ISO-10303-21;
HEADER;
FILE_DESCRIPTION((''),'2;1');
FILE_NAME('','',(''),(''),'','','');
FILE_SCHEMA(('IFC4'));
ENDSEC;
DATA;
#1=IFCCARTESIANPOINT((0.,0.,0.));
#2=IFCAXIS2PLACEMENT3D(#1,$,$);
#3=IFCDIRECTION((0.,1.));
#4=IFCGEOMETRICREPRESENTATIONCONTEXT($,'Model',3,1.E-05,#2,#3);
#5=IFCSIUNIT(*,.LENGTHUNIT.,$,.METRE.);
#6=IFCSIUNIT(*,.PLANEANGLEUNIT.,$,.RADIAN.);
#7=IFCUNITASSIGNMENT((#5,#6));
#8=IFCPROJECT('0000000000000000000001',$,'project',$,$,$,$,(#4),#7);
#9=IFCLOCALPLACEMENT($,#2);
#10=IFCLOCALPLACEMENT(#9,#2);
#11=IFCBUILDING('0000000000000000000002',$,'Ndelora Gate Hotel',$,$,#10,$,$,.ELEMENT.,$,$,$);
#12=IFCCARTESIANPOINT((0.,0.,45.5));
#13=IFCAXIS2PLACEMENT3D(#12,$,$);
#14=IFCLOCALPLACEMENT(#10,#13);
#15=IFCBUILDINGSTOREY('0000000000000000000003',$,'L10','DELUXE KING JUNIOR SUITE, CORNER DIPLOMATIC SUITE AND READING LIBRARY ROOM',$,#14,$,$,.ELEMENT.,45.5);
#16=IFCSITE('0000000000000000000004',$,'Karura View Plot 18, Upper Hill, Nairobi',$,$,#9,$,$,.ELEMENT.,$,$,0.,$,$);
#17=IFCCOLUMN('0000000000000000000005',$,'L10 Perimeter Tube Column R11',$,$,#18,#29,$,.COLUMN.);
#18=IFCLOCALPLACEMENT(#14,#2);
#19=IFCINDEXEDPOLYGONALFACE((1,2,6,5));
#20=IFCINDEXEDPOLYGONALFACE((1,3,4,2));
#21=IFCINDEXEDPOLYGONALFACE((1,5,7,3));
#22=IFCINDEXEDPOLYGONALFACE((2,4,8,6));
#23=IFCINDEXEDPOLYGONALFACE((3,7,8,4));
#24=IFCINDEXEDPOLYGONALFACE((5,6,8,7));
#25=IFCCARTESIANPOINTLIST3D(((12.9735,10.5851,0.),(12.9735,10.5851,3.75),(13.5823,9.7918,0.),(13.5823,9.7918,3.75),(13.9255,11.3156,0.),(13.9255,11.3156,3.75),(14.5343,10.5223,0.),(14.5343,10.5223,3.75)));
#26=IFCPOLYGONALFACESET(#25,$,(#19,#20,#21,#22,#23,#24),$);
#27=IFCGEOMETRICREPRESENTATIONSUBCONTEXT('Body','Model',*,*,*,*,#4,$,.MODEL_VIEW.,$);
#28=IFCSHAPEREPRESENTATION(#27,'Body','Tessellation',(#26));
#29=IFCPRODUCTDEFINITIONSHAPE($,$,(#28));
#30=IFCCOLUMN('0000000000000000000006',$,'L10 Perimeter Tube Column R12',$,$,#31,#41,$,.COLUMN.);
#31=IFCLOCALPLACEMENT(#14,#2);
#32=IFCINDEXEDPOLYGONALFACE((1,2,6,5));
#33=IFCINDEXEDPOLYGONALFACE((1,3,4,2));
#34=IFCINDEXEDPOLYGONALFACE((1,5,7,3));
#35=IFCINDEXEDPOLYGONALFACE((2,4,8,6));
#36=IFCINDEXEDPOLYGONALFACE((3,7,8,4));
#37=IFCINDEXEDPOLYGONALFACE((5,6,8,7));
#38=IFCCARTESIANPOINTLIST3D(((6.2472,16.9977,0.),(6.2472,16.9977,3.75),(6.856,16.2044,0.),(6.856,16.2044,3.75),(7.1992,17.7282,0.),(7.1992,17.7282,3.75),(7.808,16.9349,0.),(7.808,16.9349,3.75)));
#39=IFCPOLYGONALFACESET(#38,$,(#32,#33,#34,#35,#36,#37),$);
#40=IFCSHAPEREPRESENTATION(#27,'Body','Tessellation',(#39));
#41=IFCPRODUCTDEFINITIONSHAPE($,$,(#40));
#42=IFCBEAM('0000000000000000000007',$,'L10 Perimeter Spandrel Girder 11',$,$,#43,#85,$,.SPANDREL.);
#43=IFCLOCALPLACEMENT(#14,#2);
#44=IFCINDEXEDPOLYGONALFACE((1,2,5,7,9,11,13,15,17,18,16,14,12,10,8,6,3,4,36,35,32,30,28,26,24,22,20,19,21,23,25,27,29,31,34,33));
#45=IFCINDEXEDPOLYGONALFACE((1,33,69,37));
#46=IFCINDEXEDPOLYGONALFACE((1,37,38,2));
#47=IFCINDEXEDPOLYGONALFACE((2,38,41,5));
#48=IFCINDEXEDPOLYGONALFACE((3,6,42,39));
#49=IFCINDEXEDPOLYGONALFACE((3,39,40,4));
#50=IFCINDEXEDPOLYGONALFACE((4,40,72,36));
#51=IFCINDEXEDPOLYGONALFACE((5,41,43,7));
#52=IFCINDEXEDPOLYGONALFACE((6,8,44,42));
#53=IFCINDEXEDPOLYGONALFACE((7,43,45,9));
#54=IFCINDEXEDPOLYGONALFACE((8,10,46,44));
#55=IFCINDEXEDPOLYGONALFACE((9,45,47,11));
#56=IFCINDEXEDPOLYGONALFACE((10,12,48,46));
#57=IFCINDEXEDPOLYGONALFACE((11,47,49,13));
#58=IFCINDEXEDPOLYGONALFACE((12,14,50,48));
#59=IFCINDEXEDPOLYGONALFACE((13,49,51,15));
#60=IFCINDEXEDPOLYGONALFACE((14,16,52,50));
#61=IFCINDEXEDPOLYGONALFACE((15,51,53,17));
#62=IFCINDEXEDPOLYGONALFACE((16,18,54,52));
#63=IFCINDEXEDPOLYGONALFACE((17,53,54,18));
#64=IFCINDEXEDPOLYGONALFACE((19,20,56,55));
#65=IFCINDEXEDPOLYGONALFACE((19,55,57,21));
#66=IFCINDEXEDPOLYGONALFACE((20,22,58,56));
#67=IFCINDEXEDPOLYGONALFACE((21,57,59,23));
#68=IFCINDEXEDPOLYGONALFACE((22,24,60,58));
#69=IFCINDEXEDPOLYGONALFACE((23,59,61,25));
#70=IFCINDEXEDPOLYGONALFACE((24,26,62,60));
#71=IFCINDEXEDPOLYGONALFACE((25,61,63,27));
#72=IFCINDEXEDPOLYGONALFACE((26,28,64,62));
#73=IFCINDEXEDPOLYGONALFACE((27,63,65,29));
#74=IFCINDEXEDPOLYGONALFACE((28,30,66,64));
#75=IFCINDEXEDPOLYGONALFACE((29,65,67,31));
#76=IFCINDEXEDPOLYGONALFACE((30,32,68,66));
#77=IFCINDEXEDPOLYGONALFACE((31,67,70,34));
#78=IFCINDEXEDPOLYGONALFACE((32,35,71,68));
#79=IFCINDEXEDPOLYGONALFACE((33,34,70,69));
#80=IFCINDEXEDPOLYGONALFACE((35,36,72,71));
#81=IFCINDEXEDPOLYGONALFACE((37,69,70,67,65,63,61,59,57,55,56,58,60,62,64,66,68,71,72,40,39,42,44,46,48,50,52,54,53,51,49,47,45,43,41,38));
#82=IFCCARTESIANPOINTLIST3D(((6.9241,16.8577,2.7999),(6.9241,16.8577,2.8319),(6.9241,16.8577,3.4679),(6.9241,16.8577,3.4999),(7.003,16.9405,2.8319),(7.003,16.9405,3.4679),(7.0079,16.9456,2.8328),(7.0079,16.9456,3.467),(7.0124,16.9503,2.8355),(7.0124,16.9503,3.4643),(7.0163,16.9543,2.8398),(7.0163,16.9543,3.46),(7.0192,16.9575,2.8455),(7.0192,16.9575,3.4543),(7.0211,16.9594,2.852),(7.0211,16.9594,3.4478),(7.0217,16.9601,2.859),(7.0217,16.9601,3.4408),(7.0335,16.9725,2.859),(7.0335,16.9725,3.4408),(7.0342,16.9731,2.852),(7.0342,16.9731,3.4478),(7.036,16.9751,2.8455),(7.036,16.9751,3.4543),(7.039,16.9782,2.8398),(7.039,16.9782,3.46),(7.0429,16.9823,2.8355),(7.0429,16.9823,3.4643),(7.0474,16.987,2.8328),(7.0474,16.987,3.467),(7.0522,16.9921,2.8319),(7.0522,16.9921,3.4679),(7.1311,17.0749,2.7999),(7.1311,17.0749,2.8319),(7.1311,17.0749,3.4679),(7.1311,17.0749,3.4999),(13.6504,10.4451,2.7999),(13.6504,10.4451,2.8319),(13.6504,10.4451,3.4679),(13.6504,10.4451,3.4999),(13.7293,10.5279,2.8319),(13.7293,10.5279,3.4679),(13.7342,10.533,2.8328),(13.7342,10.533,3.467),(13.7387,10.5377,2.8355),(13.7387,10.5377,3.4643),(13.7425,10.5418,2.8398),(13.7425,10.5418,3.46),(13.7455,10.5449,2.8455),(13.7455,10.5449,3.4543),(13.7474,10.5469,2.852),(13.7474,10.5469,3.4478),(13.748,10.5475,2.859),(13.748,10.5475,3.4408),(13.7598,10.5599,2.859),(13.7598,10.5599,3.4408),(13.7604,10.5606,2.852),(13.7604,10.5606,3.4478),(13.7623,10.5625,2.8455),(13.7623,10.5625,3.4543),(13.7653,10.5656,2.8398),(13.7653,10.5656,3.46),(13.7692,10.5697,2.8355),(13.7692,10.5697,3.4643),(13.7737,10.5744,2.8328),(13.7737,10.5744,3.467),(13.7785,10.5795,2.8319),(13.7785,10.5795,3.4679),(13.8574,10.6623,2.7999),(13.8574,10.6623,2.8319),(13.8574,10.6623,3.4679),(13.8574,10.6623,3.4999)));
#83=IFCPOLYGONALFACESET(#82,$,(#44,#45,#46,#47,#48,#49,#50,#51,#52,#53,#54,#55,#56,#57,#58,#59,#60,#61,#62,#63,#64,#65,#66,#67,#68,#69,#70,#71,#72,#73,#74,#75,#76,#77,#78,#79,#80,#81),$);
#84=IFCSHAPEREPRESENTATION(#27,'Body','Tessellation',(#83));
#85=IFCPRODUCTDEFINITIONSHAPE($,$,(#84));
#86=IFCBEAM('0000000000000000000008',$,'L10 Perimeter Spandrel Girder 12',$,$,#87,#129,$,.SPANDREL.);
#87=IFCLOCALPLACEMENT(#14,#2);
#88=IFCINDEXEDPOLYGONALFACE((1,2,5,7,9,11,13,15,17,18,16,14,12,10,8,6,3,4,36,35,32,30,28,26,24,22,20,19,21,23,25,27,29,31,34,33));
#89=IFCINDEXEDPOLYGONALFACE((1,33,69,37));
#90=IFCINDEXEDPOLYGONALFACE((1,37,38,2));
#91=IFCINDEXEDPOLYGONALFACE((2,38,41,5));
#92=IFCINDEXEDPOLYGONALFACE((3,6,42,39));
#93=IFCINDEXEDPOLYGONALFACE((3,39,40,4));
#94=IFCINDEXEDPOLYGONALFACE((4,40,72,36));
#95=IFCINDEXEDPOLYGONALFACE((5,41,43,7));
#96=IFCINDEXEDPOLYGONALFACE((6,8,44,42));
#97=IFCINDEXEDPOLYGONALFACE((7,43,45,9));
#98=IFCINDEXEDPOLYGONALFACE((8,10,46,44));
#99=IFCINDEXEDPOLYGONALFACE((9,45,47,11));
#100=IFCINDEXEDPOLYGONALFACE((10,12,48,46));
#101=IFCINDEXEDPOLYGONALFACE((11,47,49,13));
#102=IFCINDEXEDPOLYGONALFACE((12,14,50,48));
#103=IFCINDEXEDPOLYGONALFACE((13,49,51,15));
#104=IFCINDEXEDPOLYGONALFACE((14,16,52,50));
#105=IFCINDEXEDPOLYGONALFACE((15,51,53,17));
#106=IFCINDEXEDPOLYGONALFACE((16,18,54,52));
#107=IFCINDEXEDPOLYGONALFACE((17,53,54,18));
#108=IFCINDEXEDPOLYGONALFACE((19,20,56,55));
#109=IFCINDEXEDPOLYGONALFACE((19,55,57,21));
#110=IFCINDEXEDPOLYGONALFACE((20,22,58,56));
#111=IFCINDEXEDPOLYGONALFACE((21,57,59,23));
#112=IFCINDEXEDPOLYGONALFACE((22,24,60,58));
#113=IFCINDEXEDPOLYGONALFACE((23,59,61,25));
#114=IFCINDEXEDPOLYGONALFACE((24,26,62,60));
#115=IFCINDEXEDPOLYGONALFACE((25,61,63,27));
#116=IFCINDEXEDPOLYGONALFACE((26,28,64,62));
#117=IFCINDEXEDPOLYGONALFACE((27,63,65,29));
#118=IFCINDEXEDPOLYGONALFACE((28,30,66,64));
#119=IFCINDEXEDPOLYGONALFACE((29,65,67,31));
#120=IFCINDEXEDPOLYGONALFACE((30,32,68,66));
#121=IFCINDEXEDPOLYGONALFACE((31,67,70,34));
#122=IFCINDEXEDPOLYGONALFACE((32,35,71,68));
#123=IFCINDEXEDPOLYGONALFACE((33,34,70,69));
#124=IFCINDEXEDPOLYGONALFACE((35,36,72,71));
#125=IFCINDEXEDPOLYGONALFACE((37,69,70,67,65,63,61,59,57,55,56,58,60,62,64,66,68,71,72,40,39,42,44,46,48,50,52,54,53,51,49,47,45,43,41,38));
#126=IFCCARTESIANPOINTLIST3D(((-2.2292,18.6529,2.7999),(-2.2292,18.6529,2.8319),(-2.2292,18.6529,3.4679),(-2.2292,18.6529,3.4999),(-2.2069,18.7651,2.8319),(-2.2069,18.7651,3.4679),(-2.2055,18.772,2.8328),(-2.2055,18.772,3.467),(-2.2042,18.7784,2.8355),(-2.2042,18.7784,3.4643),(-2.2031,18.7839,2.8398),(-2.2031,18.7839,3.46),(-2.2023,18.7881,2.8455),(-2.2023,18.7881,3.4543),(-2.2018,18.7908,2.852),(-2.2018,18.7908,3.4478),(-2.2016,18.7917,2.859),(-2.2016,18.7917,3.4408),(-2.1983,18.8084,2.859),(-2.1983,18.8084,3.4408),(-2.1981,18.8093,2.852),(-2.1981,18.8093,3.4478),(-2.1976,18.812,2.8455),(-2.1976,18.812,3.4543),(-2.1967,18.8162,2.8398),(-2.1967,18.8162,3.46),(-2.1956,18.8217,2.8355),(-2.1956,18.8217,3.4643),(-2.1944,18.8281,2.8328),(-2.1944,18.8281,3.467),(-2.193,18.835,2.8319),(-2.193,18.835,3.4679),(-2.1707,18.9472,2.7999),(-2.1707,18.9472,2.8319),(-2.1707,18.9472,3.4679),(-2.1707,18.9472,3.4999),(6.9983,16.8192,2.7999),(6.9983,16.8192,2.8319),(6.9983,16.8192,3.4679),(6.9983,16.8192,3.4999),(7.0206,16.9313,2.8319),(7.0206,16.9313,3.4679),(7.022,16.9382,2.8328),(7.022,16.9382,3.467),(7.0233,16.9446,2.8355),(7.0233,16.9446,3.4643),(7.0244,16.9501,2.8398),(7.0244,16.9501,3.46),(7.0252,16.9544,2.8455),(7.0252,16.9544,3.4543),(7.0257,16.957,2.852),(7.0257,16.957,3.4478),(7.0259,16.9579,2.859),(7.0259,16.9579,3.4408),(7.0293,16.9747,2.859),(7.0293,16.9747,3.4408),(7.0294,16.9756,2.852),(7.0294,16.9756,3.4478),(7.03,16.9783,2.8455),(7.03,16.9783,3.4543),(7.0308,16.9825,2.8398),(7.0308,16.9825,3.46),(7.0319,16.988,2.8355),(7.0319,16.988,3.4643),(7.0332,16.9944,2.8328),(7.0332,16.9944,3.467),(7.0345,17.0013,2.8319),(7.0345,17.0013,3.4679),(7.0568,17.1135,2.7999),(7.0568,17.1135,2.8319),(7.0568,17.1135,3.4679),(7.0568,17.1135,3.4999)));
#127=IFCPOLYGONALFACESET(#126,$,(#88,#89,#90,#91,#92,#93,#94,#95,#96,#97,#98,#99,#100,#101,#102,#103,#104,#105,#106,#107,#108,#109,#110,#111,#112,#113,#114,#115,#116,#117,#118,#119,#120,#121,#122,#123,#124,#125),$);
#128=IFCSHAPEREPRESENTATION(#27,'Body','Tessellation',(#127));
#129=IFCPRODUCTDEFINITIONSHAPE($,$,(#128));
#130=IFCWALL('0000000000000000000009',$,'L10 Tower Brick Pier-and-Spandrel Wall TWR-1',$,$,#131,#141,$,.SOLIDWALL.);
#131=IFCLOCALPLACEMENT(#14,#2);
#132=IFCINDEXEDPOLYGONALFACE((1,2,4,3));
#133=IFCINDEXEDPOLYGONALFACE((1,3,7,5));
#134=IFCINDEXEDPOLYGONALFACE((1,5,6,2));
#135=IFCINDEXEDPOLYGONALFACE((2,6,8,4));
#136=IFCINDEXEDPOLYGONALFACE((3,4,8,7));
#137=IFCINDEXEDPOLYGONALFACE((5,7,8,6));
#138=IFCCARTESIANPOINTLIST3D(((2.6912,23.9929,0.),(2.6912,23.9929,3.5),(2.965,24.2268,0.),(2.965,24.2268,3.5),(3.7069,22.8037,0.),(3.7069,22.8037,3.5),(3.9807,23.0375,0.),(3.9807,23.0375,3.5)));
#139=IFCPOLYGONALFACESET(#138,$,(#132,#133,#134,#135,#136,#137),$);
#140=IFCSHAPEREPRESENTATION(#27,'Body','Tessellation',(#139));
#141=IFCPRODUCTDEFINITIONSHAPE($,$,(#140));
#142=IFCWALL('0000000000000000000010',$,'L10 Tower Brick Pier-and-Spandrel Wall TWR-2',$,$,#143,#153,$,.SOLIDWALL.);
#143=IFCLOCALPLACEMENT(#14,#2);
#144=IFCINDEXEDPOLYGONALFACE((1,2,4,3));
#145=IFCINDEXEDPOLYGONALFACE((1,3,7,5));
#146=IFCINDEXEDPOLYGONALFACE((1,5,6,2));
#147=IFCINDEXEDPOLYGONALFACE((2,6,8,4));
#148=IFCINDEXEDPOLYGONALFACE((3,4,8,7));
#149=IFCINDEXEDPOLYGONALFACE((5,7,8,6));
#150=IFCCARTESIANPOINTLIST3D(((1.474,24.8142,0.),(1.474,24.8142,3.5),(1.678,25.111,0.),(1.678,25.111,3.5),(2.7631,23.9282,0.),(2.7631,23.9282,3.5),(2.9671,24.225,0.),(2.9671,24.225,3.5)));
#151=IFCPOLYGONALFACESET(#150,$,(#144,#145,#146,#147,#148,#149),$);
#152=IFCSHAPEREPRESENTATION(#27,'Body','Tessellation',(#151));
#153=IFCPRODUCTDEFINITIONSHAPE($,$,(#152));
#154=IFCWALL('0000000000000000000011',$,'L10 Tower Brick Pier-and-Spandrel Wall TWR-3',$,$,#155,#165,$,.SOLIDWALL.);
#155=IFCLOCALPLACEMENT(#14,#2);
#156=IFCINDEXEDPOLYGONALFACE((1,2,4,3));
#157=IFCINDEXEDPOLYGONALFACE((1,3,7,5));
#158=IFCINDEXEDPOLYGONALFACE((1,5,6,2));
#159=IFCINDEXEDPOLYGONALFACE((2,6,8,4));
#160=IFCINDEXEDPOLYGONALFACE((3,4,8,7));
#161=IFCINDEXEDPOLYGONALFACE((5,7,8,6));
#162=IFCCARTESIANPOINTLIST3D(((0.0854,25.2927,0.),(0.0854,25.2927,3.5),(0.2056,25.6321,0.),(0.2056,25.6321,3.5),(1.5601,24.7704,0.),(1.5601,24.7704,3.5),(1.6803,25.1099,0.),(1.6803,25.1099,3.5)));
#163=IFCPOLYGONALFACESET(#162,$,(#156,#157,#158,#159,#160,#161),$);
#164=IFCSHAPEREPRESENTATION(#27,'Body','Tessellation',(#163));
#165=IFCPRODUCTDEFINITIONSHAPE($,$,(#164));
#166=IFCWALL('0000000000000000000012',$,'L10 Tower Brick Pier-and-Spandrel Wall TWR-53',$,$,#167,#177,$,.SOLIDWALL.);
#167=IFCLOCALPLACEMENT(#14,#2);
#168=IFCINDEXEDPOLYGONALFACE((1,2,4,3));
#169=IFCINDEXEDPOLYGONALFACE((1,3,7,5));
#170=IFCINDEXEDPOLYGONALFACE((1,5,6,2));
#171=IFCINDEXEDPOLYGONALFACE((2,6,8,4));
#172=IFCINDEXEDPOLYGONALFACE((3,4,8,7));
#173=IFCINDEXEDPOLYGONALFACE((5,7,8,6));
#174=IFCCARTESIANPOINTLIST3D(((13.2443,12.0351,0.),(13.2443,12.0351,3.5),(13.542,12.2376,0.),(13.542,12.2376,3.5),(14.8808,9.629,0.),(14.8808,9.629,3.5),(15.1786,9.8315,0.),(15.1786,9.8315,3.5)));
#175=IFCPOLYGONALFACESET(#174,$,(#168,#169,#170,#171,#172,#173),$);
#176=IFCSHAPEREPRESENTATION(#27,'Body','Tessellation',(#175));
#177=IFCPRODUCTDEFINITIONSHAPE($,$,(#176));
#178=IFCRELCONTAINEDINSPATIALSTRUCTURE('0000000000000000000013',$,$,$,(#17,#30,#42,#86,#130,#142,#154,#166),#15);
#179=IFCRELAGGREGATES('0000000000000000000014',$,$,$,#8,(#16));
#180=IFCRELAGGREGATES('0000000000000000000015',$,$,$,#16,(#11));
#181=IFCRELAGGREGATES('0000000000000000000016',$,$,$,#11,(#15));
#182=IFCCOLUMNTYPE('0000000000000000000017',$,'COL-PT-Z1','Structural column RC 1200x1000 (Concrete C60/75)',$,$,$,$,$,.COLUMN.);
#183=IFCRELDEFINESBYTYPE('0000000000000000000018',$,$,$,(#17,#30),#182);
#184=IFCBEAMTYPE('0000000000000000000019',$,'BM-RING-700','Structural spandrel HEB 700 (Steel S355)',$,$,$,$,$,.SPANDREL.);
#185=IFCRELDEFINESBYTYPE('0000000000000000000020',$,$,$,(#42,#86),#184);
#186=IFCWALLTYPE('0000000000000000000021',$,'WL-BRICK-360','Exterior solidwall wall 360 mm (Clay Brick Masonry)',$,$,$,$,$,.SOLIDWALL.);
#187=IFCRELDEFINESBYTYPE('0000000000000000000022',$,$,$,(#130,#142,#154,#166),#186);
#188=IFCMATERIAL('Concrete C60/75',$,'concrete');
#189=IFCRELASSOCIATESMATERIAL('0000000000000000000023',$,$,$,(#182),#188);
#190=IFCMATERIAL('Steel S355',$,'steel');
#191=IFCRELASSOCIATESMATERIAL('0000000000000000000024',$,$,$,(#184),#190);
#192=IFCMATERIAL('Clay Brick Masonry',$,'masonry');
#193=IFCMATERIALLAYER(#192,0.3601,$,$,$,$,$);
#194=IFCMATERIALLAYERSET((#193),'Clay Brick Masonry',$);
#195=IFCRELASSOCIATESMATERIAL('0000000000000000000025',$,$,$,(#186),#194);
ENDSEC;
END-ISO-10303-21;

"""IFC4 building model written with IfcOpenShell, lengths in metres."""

from ifc_helpers import new_model, si_unit, direction, frame, frame_2d, origin, origin_2d, place, context, subcontext, project, spatial, rectangle, i_section, extrude, material, layer, layer_set, material_profile, profile_set, type_object, element, save


model = new_model("IFC4")

# Units and contexts
model_context = context("Model", 3, precision=1e-05, world=origin(), true_north=direction((0.0, 1.0)))
body_context = subcontext(model_context, "Body", "Model", "MODEL_VIEW")
ifc_project = project(units=[si_unit("LENGTHUNIT", "METRE"), si_unit("PLANEANGLEUNIT", "RADIAN")], contexts=[model_context])

# Site, building, storey
site_placement = place(None, origin())
site = spatial("IfcSite", under=ifc_project, at=site_placement, Name="Karura View Plot 18, Upper Hill, Nairobi", CompositionType="ELEMENT", RefElevation=0.0)
building_placement = place(site_placement, origin())
building = spatial("IfcBuilding", under=site, at=building_placement, Name="Ndelora Gate Hotel", CompositionType="ELEMENT")
storey_placement = place(building_placement, frame((0.0, 0.0, 45.5)))
storey = spatial("IfcBuildingStorey", under=building, at=storey_placement, Name="L10", Description="DELUXE KING JUNIOR SUITE, CORNER DIPLOMATIC SUITE AND READING LIBRARY ROOM", CompositionType="ELEMENT", Elevation=45.5)

# Columns
ifc_material_1 = material(Name="Concrete C60/75", Category="concrete")
ifc_material_profile_1 = material_profile(ifc_material_1, rectangle(XDim=1.0, YDim=1.2, at=origin_2d()), Name="RC 1200x1000")
ifc_profile_set_1 = profile_set([ifc_material_profile_1], Name="Concrete C60/75")
column_type = type_object("IfcColumnType", Name="COL-PT-Z1", Description="Structural column RC 1200x1000 (Concrete C60/75)", PredefinedType="COLUMN", material=ifc_profile_set_1)
for number, where, z_axis, x_axis, name in (
    (1, (13.7539, 10.5537, 0.0), (0.0, 0.0, 1.0), (-0.608761, 0.793353, 0.0), "L10 Perimeter Tube Column R11"),
    (2, (7.0276, 16.9663, 0.0), (0.0, 0.0, 1.0), (-0.608761, 0.793353, 0.0), "L10 Perimeter Tube Column R12"),
):
    element("IfcColumn", number, at=place(storey_placement, frame(where, z_axis=z_axis, x_axis=x_axis)), inside=storey, type_object=column_type, Name=name, PredefinedType="COLUMN", context=body_context, shape_type="SweptSolid", body=[
        extrude(rectangle(XDim=1.0, YDim=1.2, at=origin_2d()), origin(), (0.0, 0.0, 1.0), 3.75),
    ])

# Beams
ifc_material_2 = material(Name="Steel S355", Category="steel")
ifc_material_profile_2 = material_profile(ifc_material_2, i_section(OverallWidth=0.3, OverallDepth=0.7, WebThickness=0.0171, FlangeThickness=0.032, FilletRadius=0.0271, at=origin_2d()), Name="HEB 700")
ifc_profile_set_2 = profile_set([ifc_material_profile_2], Name="Steel S355")
beam_type = type_object("IfcBeamType", Name="BM-RING-700", Description="Structural spandrel HEB 700 (Steel S355)", PredefinedType="SPANDREL", material=ifc_profile_set_2)
beam_1_placement = place(storey_placement, frame((13.7539, 10.5537, 3.1499), z_axis=(-0.723784, 0.690026, 0.0), x_axis=(-0.690026, -0.723784, 0.0)))
element("IfcBeam", 3, at=beam_1_placement, inside=storey, type_object=beam_type, Name="L10 Perimeter Spandrel Girder 11", PredefinedType="SPANDREL", context=body_context, shape_type="SweptSolid", body=[
    extrude(i_section(OverallWidth=0.3, OverallDepth=0.7, WebThickness=0.0171, FlangeThickness=0.032, FilletRadius=0.0271, at=origin_2d()), origin(), (0.0, 0.0, 1.0), 9.2932),
])
beam_2_placement = place(storey_placement, frame((7.0276, 16.9663, 3.1499), z_axis=(-0.98082, 0.194913, 0.0), x_axis=(-0.194913, -0.98082, 0.0)))
element("IfcBeam", 4, at=beam_2_placement, inside=storey, type_object=beam_type, Name="L10 Perimeter Spandrel Girder 12", PredefinedType="SPANDREL", context=body_context, shape_type="SweptSolid", body=[
    extrude(i_section(OverallWidth=0.3, OverallDepth=0.7, WebThickness=0.0171, FlangeThickness=0.032, FilletRadius=0.0271, at=origin_2d()), origin(), (0.0, 0.0, 1.0), 9.408),
])

# Walls
ifc_material_3 = material(Name="Clay Brick Masonry", Category="masonry")
ifc_layer_1 = layer(ifc_material_3, 0.3601)
ifc_layer_set_1 = layer_set([ifc_layer_1], Name="Clay Brick Masonry")
wall_type_1 = type_object("IfcWallType", Name="WL-BRICK-360", Description="Exterior solidwall wall 360 mm (Clay Brick Masonry)", PredefinedType="SOLIDWALL", material=ifc_layer_set_1)
wall_1_placement = place(storey_placement, frame((2.8281, 24.1099, 0.0), z_axis=(0.0, 0.0, 1.0), x_axis=(0.649428, -0.760423, 0.0)))
element("IfcWall", 5, at=wall_1_placement, inside=storey, type_object=wall_type_1, Name="L10 Tower Brick Pier-and-Spandrel Wall TWR-1", PredefinedType="SOLIDWALL", context=body_context, shape_type="SweptSolid", body=[
    extrude(rectangle(XDim=1.564, YDim=0.3601, at=frame_2d((0.782, 0.0))), origin(), (0.0, 0.0, 1.0), 3.5),
])
wall_2_placement = place(storey_placement, frame((1.5759, 24.9626, 0.0), z_axis=(0.0, 0.0, 1.0), x_axis=(0.824115, -0.566423, 0.0)))
element("IfcWall", 6, at=wall_2_placement, inside=storey, type_object=wall_type_1, Name="L10 Tower Brick Pier-and-Spandrel Wall TWR-2", PredefinedType="SOLIDWALL", context=body_context, shape_type="SweptSolid", body=[
    extrude(rectangle(XDim=1.5642, YDim=0.3601, at=frame_2d((0.7822, 0.0))), origin(), (0.0, 0.0, 1.0), 3.5),
])
wall_3_placement = place(storey_placement, frame((0.1455, 25.4624, 0.0), z_axis=(0.0, 0.0, 1.0), x_axis=(0.942635, -0.333824, 0.0)))
element("IfcWall", 7, at=wall_3_placement, inside=storey, type_object=wall_type_1, Name="L10 Tower Brick Pier-and-Spandrel Wall TWR-3", PredefinedType="SOLIDWALL", context=body_context, shape_type="SweptSolid", body=[
    extrude(rectangle(XDim=1.5645, YDim=0.3601, at=frame_2d((0.7822, 0.0))), origin(), (0.0, 0.0, 1.0), 3.5),
])
wall_4_placement = place(storey_placement, frame((13.3931, 12.1365, 0.0), z_axis=(0.0, 0.0, 1.0), x_axis=(0.562402, -0.826864, 0.0)))
element("IfcWall", 8, at=wall_4_placement, inside=storey, type_object=wall_type_1, Name="L10 Tower Brick Pier-and-Spandrel Wall TWR-53", PredefinedType="SOLIDWALL", context=body_context, shape_type="SweptSolid", body=[
    extrude(rectangle(XDim=2.9099, YDim=0.3601, at=frame_2d((1.4551, 0.0))), origin(), (0.0, 0.0, 1.0), 3.5),
])

save(model, "model.ifc")
